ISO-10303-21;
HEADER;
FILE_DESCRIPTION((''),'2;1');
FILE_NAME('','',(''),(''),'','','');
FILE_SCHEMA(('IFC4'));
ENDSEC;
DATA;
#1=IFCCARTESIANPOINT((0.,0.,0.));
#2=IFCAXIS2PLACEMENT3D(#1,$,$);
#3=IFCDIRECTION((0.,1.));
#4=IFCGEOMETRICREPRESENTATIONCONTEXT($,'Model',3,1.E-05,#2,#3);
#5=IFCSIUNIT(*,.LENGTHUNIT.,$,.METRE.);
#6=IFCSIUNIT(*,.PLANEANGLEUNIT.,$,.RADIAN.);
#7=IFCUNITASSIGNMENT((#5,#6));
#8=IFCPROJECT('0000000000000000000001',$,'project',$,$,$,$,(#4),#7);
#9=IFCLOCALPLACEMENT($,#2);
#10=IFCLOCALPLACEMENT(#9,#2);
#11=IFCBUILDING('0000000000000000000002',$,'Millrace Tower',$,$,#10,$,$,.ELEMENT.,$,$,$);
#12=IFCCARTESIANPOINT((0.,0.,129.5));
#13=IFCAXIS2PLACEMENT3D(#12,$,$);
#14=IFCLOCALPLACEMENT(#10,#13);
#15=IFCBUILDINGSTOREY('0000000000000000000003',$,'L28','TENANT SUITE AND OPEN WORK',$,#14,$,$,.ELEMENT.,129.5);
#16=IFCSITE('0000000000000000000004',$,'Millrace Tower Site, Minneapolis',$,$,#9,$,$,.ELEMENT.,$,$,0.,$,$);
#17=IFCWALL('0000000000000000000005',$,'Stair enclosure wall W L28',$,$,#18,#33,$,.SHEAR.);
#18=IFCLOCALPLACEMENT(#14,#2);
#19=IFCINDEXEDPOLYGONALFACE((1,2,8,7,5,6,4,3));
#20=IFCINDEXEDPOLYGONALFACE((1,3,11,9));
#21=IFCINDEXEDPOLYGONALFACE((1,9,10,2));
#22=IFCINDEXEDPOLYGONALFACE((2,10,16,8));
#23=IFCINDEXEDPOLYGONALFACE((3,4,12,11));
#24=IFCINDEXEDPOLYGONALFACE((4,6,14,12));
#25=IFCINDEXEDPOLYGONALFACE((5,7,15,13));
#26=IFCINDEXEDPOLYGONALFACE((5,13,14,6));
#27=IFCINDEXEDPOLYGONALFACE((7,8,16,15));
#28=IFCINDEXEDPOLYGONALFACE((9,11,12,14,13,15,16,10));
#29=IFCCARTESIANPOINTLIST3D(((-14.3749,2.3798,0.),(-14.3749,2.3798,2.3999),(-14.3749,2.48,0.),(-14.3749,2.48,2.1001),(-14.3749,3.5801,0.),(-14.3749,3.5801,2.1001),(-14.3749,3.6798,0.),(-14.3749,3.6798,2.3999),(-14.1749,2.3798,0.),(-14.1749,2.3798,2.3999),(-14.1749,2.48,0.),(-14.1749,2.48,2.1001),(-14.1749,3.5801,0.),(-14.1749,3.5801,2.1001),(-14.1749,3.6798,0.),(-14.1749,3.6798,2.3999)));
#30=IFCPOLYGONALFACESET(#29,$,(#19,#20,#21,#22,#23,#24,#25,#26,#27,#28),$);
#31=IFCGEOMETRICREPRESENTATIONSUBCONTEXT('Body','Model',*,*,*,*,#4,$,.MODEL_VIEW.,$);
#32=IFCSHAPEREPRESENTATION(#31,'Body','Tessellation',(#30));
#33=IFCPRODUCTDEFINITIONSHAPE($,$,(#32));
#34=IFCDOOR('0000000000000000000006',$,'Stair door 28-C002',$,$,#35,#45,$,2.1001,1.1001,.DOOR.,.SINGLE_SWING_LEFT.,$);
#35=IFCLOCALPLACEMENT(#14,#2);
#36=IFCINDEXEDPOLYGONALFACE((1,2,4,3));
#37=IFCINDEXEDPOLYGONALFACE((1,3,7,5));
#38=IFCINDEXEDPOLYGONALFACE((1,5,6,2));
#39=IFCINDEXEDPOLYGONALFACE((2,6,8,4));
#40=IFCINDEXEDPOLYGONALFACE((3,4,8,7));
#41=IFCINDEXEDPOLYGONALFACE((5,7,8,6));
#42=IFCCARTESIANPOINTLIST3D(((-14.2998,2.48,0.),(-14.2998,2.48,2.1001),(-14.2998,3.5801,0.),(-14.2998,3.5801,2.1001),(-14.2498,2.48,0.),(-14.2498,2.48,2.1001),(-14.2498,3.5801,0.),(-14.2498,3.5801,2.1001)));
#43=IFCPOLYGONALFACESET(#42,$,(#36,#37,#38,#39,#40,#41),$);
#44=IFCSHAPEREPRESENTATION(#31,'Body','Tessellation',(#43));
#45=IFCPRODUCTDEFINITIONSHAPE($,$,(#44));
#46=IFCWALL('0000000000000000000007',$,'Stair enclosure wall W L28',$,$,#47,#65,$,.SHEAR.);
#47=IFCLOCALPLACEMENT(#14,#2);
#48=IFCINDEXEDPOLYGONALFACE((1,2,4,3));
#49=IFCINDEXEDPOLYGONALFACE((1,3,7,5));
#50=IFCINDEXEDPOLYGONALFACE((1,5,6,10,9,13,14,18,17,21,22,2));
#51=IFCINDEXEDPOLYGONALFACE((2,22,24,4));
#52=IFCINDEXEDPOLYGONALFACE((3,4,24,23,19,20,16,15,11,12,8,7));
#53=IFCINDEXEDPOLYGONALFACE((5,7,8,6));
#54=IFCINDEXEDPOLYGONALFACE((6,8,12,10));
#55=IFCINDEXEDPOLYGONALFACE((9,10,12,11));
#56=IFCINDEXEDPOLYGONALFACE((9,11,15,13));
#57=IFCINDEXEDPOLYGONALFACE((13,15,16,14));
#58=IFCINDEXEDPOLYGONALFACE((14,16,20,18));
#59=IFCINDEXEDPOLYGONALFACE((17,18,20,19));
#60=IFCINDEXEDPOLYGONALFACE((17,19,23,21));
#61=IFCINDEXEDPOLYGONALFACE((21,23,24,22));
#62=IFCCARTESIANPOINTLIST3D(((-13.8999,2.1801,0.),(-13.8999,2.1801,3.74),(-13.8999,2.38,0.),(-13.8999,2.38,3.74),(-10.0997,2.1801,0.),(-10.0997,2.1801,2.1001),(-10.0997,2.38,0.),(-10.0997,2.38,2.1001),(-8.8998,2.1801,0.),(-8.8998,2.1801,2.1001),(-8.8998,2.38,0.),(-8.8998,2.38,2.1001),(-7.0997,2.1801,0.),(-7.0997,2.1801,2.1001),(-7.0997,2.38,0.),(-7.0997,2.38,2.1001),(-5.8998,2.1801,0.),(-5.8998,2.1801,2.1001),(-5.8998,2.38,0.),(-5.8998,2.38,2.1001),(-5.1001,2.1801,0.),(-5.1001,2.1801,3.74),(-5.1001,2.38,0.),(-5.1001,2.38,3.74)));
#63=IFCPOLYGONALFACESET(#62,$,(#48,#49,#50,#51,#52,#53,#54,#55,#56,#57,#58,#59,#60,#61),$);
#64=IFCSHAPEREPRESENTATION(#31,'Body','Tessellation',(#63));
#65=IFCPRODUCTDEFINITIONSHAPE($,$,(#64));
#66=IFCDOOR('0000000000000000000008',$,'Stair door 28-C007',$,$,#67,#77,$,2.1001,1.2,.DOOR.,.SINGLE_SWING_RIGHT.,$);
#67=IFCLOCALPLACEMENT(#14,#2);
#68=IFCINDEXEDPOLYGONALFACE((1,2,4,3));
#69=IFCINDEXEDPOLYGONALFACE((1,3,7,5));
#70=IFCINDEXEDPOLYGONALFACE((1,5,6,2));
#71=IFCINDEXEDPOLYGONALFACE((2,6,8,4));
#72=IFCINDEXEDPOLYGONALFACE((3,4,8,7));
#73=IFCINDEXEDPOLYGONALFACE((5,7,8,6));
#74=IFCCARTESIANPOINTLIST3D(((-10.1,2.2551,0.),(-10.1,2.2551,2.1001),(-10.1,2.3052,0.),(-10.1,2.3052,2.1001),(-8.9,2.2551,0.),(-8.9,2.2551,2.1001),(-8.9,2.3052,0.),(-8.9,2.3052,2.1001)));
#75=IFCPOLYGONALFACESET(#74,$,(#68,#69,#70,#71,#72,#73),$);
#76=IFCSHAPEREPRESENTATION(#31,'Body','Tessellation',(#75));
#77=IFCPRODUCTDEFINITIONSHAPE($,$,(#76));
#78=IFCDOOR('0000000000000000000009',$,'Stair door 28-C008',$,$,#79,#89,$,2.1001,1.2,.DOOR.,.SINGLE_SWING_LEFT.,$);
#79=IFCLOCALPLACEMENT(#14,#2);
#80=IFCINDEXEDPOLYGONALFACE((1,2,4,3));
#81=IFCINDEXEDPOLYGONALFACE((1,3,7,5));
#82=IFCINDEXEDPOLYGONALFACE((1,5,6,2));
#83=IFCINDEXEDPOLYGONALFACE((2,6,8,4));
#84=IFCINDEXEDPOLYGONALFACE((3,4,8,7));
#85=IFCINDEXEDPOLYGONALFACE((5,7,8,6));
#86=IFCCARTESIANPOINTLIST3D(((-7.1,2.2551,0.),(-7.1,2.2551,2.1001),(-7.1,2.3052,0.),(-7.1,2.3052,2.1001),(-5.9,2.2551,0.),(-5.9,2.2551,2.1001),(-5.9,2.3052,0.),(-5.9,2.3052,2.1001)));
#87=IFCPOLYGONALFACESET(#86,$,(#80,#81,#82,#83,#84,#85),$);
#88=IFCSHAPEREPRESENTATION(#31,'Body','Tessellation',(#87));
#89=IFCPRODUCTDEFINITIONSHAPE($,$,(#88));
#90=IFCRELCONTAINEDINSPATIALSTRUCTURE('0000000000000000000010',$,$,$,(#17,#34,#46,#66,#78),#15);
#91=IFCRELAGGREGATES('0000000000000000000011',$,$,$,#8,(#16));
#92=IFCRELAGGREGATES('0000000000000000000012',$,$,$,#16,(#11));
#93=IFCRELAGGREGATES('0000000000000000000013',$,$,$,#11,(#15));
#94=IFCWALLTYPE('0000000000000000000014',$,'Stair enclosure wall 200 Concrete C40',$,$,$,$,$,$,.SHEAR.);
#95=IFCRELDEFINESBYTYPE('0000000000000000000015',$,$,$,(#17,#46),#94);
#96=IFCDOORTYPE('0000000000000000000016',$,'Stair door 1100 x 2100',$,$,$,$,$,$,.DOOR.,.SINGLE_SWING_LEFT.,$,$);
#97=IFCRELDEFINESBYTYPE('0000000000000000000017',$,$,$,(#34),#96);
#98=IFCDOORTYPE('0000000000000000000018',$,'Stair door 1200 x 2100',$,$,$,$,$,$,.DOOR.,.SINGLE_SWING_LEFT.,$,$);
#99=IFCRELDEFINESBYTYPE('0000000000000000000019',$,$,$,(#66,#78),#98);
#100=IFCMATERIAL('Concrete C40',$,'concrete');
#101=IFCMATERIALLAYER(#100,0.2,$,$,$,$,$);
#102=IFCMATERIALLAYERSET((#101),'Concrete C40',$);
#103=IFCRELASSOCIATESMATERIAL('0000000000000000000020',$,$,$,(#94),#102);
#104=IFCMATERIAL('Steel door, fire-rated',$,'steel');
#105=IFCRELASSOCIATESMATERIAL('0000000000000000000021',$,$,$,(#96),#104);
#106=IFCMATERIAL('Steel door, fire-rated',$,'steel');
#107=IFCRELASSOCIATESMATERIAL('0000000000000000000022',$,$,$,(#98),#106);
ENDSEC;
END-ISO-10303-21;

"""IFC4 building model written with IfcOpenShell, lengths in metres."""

from ifc_helpers import new_model, si_unit, direction, frame, frame_2d, origin, place, context, subcontext, project, spatial, rectangle, extrude, material, layer, layer_set, type_object, element, fill, save


model = new_model("IFC4")

# Units and contexts
model_context = context("Model", 3, precision=1e-05, world=origin(), true_north=direction((0.0, 1.0)))
body_context = subcontext(model_context, "Body", "Model", "MODEL_VIEW")
ifc_project = project(units=[si_unit("LENGTHUNIT", "METRE"), si_unit("PLANEANGLEUNIT", "RADIAN")], contexts=[model_context])

# Site, building, storey
site_placement = place(None, origin())
site = spatial("IfcSite", under=ifc_project, at=site_placement, Name="Millrace Tower Site, Minneapolis", CompositionType="ELEMENT", RefElevation=0.0)
building_placement = place(site_placement, origin())
building = spatial("IfcBuilding", under=site, at=building_placement, Name="Millrace Tower", CompositionType="ELEMENT")
storey_placement = place(building_placement, frame((0.0, 0.0, 129.5)))
storey = spatial("IfcBuildingStorey", under=building, at=storey_placement, Name="L28", Description="TENANT SUITE AND OPEN WORK", CompositionType="ELEMENT", Elevation=129.5)

# Wall, opening, door
ifc_material_1 = material(Name="Concrete C40", Category="concrete")
ifc_layer_1 = layer(ifc_material_1, 0.2)
ifc_layer_set_1 = layer_set([ifc_layer_1], Name="Concrete C40")
wall_type_1 = type_object("IfcWallType", Name="Stair enclosure wall 200 Concrete C40", PredefinedType="SHEAR", material=ifc_layer_set_1)
wall_1_placement = place(storey_placement, frame((-14.2749, 2.3799, 0.0), z_axis=(0.0, 0.0, 1.0), x_axis=(0.0, 1.0, 0.0)))
wall_1 = element("IfcWall", 1, at=wall_1_placement, inside=storey, type_object=wall_type_1, Name="Stair enclosure wall W L28", PredefinedType="SHEAR", context=body_context, shape_type="SweptSolid", body=[
    extrude(rectangle(XDim=1.3, YDim=0.2, at=frame_2d((0.6499, 0.0))), origin(), (0.0, 0.0, 1.0), 2.3999),
])
opening_1_placement = place(wall_1_placement, frame((0.1001, 0.0, 0.0)))
opening_1 = element("IfcOpeningElement", 2, at=opening_1_placement, cuts=wall_1, PredefinedType="OPENING", context=body_context, shape_type="SweptSolid", body=[
    extrude(rectangle(XDim=1.1001, YDim=2.1001, at=frame_2d((0.55, 1.05))), frame((0.0, 0.1099, 0.0), z_axis=(0.0, -1.0, 0.0), x_axis=(1.0, 0.0, 0.0)), (0.0, 0.0, 1.0), 0.22),
])
ifc_material_2 = material(Name="Steel door, fire-rated", Category="steel")
door_type_1 = type_object("IfcDoorType", Name="Stair door 1100 x 2100", OperationType="SINGLE_SWING_LEFT", PredefinedType="DOOR", material=ifc_material_2)
door_1_placement = place(opening_1_placement, origin())
door_1 = element("IfcDoor", 3, at=door_1_placement, inside=storey, type_object=door_type_1, Name="Stair door 28-C002", OperationType="SINGLE_SWING_LEFT", OverallHeight=2.1001, OverallWidth=1.1001, PredefinedType="DOOR", context=body_context, shape_type="SweptSolid", body=[
    extrude(rectangle(XDim=1.1001, YDim=2.1001, at=frame_2d((0.55, 1.05))), frame((0.0, 0.0249, 0.0), z_axis=(0.0, -1.0, 0.0), x_axis=(1.0, 0.0, 0.0)), (0.0, 0.0, 1.0), 0.05),
])
fill(opening_1, door_1)

# Wall, openings, doors
wall_2_placement = place(storey_placement, frame((-13.8999, 2.28, 0.0), z_axis=(0.0, 0.0, 1.0), x_axis=(1.0, 0.0, 0.0)))
wall_2 = element("IfcWall", 4, at=wall_2_placement, inside=storey, type_object=wall_type_1, Name="Stair enclosure wall W L28", PredefinedType="SHEAR", context=body_context, shape_type="SweptSolid", body=[
    extrude(rectangle(XDim=8.7998, YDim=0.2, at=frame_2d((4.3999, 0.0))), origin(), (0.0, 0.0, 1.0), 3.74),
])
opening_2_placement = place(wall_2_placement, frame((3.8, 0.0, 0.0)))
opening_2 = element("IfcOpeningElement", 5, at=opening_2_placement, cuts=wall_2, PredefinedType="OPENING", context=body_context, shape_type="SweptSolid", body=[
    extrude(rectangle(XDim=1.2, YDim=2.1001, at=frame_2d((0.6001, 1.05))), frame((0.0, 0.1099, 0.0), z_axis=(0.0, -1.0, 0.0), x_axis=(1.0, 0.0, 0.0)), (0.0, 0.0, 1.0), 0.22),
])
opening_3_placement = place(wall_2_placement, frame((6.8, 0.0, 0.0)))
opening_3 = element("IfcOpeningElement", 6, at=opening_3_placement, cuts=wall_2, PredefinedType="OPENING", context=body_context, shape_type="SweptSolid", body=[
    extrude(rectangle(XDim=1.2, YDim=2.1001, at=frame_2d((0.6001, 1.05))), frame((0.0, 0.1099, 0.0), z_axis=(0.0, -1.0, 0.0), x_axis=(1.0, 0.0, 0.0)), (0.0, 0.0, 1.0), 0.22),
])
ifc_material_3 = material(Name="Steel door, fire-rated", Category="steel")
door_type_2 = type_object("IfcDoorType", Name="Stair door 1200 x 2100", OperationType="SINGLE_SWING_LEFT", PredefinedType="DOOR", material=ifc_material_3)
door_2_placement = place(opening_2_placement, frame((1.2, 0.0, 0.0), z_axis=(0.0, 0.0, 1.0), x_axis=(-1.0, 0.0, 0.0)))
door_2 = element("IfcDoor", 7, at=door_2_placement, inside=storey, type_object=door_type_2, Name="Stair door 28-C007", OperationType="SINGLE_SWING_RIGHT", OverallHeight=2.1001, OverallWidth=1.2, PredefinedType="DOOR", context=body_context, shape_type="SweptSolid", body=[
    extrude(rectangle(XDim=1.2, YDim=2.1001, at=frame_2d((0.6001, 1.05))), frame((0.0, 0.0249, 0.0), z_axis=(0.0, -1.0, 0.0), x_axis=(1.0, 0.0, 0.0)), (0.0, 0.0, 1.0), 0.05),
])
fill(opening_2, door_2)
door_3_placement = place(opening_3_placement, frame((1.2, 0.0, 0.0), z_axis=(0.0, 0.0, 1.0), x_axis=(-1.0, 0.0, 0.0)))
door_3 = element("IfcDoor", 8, at=door_3_placement, inside=storey, type_object=door_type_2, Name="Stair door 28-C008", OperationType="SINGLE_SWING_LEFT", OverallHeight=2.1001, OverallWidth=1.2, PredefinedType="DOOR", context=body_context, shape_type="SweptSolid", body=[
    extrude(rectangle(XDim=1.2, YDim=2.1001, at=frame_2d((0.6001, 1.05))), frame((0.0, 0.0249, 0.0), z_axis=(0.0, -1.0, 0.0), x_axis=(1.0, 0.0, 0.0)), (0.0, 0.0, 1.0), 0.05),
])
fill(opening_3, door_3)

save(model, "model.ifc")
